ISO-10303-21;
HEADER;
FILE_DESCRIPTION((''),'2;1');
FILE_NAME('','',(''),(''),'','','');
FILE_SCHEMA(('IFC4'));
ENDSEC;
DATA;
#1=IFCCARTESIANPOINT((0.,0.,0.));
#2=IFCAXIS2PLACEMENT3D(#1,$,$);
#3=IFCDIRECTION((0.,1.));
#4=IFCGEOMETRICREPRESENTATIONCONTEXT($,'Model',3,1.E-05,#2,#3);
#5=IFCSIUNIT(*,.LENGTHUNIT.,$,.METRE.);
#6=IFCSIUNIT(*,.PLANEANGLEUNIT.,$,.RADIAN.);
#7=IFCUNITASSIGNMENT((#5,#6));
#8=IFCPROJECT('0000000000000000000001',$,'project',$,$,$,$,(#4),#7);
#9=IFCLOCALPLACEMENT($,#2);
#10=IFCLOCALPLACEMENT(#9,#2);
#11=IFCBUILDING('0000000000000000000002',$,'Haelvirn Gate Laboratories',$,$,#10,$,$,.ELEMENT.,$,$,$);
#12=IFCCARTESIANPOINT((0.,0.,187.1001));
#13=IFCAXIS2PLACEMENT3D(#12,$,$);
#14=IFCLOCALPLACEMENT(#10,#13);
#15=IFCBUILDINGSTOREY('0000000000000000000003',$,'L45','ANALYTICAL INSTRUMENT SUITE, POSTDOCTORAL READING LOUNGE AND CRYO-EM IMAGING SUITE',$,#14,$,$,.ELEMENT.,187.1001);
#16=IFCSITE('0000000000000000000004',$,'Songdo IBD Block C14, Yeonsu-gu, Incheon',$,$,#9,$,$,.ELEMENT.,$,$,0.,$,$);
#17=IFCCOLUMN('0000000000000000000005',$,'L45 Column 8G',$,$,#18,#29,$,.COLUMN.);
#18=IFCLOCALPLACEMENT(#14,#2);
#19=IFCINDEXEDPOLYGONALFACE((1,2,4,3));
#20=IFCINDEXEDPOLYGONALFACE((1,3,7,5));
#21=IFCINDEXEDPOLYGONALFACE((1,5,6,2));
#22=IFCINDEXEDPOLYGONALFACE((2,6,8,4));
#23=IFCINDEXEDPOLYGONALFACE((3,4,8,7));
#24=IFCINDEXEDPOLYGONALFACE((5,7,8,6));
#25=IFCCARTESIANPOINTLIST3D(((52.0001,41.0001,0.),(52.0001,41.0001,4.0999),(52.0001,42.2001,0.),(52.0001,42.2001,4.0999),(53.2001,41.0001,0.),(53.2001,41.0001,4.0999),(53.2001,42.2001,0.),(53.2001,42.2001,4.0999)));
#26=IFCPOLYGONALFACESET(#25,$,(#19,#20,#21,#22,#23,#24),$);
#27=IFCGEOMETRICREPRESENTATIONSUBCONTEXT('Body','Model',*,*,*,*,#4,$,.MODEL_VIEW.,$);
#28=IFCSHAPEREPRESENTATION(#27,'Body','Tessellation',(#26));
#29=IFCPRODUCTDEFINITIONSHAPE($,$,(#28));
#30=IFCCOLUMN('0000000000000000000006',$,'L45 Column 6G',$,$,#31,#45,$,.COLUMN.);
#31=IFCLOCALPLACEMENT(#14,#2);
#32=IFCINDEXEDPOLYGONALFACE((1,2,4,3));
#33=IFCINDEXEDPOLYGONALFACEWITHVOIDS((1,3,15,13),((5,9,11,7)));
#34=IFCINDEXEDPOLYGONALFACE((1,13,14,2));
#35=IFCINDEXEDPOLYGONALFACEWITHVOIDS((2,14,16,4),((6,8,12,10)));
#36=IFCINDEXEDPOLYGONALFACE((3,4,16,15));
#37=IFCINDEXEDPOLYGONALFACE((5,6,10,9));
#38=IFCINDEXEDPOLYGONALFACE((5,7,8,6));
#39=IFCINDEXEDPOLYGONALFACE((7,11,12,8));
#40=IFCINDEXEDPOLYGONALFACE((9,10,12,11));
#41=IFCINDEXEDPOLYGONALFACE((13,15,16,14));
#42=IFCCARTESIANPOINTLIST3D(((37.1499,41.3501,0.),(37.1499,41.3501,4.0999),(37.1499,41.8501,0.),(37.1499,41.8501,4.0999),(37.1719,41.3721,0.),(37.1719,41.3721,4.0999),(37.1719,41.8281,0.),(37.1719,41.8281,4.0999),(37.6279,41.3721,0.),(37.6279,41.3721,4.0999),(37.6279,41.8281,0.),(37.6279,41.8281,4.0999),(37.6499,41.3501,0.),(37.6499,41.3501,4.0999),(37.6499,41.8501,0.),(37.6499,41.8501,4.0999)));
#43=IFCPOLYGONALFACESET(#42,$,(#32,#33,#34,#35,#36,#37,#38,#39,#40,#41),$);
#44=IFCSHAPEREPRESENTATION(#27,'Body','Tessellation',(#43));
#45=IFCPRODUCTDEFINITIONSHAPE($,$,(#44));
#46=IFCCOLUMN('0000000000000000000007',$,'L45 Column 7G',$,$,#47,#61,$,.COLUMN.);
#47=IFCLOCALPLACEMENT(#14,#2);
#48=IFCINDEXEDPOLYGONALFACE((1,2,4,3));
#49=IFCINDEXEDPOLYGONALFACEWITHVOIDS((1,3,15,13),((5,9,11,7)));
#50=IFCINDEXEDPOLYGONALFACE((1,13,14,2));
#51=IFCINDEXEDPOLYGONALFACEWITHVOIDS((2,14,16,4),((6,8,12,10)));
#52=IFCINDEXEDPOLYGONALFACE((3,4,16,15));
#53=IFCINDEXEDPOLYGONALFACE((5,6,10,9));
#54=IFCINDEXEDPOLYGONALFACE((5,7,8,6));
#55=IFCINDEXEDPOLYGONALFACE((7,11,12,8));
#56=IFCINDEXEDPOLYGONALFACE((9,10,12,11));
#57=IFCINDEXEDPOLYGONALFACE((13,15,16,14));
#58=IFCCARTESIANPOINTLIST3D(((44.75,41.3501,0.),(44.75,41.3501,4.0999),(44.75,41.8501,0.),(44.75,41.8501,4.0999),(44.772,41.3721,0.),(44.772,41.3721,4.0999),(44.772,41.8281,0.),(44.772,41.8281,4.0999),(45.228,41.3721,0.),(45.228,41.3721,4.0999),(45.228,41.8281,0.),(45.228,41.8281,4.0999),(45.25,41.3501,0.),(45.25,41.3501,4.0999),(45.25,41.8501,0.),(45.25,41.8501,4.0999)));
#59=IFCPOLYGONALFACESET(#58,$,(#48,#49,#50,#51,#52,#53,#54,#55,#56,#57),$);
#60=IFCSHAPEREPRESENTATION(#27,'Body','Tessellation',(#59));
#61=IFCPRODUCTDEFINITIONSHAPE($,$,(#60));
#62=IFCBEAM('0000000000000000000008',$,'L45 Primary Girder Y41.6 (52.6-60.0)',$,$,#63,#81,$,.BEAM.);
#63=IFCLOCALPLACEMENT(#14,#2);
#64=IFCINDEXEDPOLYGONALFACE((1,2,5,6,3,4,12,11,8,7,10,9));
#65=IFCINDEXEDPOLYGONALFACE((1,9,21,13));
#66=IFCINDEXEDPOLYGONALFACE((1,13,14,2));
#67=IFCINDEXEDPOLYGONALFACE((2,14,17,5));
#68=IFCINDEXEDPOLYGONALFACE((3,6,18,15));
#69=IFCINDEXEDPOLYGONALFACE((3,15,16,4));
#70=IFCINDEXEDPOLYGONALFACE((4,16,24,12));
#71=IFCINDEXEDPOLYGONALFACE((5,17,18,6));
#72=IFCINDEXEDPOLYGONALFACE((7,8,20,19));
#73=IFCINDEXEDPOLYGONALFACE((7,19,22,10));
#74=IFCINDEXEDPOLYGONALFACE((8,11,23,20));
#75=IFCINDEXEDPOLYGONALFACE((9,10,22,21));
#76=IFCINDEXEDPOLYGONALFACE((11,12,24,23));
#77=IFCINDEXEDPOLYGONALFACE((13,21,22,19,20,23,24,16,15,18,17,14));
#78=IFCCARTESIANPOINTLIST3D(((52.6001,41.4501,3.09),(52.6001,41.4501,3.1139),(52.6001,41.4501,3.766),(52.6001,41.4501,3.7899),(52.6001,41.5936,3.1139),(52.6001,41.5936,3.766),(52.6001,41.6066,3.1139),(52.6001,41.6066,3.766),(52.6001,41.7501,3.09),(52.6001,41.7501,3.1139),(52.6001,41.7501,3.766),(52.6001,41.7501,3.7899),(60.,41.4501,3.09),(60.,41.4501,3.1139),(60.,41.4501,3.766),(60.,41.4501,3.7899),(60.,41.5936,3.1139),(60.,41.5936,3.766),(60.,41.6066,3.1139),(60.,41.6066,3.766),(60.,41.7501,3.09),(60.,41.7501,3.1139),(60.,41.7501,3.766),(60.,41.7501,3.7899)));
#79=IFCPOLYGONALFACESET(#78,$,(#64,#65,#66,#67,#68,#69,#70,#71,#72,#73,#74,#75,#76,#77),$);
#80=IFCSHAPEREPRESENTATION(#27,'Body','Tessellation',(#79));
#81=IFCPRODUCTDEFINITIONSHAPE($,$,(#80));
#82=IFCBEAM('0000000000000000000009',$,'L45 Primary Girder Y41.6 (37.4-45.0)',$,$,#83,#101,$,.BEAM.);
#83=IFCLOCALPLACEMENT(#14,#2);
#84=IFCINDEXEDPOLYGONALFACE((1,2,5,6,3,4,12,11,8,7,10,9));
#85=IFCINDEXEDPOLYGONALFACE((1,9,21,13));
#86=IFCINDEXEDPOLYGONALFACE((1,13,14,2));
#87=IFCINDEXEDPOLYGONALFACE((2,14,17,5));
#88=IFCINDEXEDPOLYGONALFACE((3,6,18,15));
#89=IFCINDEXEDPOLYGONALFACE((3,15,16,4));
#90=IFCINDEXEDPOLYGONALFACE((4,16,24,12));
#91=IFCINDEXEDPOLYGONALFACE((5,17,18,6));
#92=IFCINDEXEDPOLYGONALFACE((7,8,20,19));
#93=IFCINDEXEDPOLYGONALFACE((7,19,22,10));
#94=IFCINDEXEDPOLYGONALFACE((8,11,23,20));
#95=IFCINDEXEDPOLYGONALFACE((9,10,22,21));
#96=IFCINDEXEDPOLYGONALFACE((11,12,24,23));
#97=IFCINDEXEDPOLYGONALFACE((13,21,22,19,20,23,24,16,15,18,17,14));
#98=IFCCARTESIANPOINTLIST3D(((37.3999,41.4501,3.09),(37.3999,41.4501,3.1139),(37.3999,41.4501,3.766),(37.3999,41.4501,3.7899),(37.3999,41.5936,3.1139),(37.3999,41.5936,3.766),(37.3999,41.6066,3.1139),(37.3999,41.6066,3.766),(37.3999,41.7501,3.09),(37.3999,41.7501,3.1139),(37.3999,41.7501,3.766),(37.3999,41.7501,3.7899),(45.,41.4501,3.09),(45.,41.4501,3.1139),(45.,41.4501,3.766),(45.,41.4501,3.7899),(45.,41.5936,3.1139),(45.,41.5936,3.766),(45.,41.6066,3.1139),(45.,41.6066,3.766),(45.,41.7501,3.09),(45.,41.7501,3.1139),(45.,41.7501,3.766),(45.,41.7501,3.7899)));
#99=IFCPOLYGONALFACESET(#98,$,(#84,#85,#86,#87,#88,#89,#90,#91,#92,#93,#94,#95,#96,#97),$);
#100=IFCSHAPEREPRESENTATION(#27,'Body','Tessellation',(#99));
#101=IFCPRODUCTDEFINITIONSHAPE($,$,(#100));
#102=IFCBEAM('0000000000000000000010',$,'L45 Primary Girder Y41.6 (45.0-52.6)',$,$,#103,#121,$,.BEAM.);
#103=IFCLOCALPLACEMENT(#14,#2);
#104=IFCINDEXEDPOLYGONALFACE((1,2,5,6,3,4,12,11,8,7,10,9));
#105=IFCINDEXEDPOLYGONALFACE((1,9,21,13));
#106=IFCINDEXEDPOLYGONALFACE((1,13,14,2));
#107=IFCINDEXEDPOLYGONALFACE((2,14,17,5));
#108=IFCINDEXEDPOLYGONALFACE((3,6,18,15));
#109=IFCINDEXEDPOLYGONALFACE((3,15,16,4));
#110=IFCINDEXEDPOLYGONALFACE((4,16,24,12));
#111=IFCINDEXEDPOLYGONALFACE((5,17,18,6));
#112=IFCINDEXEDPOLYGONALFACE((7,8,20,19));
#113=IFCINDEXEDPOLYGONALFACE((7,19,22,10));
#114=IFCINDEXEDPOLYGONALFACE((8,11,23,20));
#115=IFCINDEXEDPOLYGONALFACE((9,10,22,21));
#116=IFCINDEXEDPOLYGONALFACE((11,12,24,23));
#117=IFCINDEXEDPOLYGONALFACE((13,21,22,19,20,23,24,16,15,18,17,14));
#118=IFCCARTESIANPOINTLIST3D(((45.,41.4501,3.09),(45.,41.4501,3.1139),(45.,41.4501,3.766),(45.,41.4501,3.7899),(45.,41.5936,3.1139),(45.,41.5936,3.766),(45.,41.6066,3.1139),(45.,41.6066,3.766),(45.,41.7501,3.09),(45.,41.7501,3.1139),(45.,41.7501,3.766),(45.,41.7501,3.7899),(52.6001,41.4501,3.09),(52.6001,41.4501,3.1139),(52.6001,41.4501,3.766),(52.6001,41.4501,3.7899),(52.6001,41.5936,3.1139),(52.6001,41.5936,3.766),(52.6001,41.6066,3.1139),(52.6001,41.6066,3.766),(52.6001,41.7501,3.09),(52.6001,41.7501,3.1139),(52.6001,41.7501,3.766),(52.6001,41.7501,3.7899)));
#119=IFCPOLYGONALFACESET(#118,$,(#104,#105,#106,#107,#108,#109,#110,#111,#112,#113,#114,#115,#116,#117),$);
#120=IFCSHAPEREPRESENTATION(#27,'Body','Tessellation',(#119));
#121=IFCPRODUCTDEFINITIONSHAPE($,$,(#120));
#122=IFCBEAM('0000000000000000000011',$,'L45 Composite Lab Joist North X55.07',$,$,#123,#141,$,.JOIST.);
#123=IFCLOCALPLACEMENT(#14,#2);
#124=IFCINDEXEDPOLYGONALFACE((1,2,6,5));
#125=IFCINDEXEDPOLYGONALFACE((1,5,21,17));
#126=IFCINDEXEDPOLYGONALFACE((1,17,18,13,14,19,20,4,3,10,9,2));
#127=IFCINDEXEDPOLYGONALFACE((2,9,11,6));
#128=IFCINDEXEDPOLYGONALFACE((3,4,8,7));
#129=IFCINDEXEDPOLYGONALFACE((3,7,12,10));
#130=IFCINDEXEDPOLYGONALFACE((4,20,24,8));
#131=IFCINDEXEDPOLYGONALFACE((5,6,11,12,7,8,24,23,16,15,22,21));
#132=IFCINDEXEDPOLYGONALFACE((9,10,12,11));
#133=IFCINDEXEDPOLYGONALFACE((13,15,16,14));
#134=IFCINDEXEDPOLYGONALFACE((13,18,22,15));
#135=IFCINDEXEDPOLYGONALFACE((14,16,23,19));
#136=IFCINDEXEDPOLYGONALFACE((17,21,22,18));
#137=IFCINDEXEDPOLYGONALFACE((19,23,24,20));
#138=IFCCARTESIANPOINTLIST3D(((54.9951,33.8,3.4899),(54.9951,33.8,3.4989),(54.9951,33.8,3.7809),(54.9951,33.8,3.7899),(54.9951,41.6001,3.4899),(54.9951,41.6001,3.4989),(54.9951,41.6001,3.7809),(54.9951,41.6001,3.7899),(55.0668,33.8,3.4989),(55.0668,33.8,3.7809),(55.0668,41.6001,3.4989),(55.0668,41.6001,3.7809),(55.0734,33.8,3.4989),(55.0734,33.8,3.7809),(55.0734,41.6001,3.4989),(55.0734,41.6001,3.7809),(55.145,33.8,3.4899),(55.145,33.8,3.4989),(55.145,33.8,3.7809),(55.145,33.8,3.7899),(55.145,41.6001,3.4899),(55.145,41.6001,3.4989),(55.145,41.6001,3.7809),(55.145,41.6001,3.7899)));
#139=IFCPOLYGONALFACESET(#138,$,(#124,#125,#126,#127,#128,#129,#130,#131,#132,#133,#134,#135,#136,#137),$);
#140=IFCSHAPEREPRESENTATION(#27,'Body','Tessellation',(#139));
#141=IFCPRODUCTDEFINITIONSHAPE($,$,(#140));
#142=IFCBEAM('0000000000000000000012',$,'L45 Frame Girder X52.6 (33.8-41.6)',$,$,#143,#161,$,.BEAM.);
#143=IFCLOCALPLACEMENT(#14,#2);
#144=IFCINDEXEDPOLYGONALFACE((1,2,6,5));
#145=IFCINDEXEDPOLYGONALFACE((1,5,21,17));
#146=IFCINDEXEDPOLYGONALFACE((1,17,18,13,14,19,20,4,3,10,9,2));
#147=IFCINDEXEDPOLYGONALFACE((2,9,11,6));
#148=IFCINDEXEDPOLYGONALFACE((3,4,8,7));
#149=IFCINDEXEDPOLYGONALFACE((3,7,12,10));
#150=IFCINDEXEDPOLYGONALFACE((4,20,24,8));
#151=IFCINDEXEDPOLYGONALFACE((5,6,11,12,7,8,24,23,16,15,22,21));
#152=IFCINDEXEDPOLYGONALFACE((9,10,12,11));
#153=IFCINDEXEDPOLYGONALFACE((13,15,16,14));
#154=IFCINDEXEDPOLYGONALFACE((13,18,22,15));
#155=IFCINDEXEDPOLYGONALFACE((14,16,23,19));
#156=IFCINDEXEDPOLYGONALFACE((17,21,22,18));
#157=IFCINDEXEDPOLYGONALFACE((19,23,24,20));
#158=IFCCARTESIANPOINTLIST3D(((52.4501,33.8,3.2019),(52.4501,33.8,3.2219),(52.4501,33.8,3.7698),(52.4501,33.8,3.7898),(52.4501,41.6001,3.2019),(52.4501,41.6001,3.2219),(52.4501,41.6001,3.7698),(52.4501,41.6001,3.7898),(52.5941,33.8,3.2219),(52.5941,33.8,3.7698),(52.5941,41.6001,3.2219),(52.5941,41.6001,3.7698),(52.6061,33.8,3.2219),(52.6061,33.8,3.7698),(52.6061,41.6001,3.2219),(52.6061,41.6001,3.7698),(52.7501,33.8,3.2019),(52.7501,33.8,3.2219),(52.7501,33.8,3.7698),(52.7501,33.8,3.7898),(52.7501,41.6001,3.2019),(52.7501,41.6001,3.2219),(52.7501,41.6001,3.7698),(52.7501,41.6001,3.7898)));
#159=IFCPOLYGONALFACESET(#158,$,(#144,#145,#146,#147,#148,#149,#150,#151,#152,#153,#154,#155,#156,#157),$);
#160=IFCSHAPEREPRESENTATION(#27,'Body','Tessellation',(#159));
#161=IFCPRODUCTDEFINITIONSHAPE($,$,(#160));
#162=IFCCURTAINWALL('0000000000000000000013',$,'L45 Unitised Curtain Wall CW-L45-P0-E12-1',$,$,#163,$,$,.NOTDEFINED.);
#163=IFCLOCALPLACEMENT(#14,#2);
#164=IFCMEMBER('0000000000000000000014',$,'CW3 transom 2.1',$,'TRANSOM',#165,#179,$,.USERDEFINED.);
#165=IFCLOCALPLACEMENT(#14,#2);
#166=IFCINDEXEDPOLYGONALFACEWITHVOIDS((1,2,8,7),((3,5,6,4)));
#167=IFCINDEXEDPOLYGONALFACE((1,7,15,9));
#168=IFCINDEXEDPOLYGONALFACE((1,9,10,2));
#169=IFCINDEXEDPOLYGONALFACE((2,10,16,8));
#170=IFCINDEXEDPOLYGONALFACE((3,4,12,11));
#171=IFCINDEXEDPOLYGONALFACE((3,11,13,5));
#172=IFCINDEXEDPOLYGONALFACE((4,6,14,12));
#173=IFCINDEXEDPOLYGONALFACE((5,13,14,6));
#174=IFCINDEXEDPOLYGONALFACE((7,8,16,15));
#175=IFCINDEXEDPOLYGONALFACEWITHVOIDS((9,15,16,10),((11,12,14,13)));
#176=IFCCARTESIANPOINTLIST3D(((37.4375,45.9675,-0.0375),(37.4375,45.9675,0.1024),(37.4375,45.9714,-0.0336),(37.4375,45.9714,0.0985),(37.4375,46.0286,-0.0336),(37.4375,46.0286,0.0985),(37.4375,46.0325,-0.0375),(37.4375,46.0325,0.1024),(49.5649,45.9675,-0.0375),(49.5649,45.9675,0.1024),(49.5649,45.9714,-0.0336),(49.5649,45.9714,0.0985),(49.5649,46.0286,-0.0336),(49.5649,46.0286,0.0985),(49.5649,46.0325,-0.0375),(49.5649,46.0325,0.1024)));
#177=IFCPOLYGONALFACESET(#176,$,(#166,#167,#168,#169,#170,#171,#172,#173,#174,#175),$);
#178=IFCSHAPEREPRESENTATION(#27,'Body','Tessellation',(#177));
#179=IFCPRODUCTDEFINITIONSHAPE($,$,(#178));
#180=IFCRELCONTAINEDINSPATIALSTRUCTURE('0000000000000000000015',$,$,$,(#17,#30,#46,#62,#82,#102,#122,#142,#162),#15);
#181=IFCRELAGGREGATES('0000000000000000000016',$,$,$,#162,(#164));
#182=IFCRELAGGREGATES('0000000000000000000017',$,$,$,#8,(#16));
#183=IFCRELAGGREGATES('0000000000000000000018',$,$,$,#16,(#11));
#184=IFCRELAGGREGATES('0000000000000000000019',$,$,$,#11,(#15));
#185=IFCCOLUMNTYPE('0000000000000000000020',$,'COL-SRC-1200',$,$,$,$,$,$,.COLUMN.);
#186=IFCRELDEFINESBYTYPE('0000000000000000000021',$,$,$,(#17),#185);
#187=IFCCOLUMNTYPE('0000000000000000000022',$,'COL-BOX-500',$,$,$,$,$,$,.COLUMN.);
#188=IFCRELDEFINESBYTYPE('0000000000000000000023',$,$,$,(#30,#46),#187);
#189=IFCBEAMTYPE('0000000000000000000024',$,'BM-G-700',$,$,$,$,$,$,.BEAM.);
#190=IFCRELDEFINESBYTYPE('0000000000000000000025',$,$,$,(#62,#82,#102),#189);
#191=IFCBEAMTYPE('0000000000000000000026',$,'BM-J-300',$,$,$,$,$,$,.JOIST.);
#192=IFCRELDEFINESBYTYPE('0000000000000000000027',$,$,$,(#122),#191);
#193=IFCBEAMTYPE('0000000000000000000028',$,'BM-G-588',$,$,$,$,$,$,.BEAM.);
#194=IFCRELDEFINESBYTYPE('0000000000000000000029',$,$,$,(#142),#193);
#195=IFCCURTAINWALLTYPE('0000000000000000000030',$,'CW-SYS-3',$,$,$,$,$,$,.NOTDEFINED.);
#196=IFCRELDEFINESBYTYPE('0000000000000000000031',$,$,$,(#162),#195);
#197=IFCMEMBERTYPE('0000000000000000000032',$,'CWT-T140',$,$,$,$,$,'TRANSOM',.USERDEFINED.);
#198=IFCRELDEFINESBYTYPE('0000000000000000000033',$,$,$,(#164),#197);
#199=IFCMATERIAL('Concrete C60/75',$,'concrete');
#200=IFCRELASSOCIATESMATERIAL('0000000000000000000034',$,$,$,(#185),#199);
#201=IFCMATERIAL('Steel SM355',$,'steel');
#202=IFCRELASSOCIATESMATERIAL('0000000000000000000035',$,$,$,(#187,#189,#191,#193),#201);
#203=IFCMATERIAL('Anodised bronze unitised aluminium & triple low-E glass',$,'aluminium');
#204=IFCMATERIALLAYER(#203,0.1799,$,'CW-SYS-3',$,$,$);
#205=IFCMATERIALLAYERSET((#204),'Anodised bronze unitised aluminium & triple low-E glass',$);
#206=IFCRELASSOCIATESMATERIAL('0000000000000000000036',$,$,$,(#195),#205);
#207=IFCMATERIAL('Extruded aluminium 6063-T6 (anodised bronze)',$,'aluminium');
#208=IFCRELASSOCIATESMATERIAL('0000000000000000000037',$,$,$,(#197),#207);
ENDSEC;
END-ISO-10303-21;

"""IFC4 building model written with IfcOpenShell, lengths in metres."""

from ifc_helpers import new_model, si_unit, direction, frame, origin, origin_2d, place, context, subcontext, project, spatial, rectangle, hollow_rectangle, i_section, extrude, source, transform, mapped, material, layer, layer_set, material_profile, profile_set, type_object, type_shapes, element, aggregate, save


model = new_model("IFC4")

# Units and contexts
model_context = context("Model", 3, precision=1e-05, world=origin(), true_north=direction((0.0, 1.0)))
body_context = subcontext(model_context, "Body", "Model", "MODEL_VIEW")
ifc_project = project(units=[si_unit("LENGTHUNIT", "METRE"), si_unit("PLANEANGLEUNIT", "RADIAN")], contexts=[model_context])

# Site, building, storey
site_placement = place(None, origin())
site = spatial("IfcSite", under=ifc_project, at=site_placement, Name="Songdo IBD Block C14, Yeonsu-gu, Incheon", CompositionType="ELEMENT", RefElevation=0.0)
building_placement = place(site_placement, origin())
building = spatial("IfcBuilding", under=site, at=building_placement, Name="Haelvirn Gate Laboratories", CompositionType="ELEMENT")
storey_placement = place(building_placement, frame((0.0, 0.0, 187.1001)))
storey = spatial("IfcBuildingStorey", under=building, at=storey_placement, Name="L45", Description="ANALYTICAL INSTRUMENT SUITE, POSTDOCTORAL READING LOUNGE AND CRYO-EM IMAGING SUITE", CompositionType="ELEMENT", Elevation=187.1001)

# Columns
ifc_material_1 = material(Name="Concrete C60/75", Category="concrete")
ifc_material_profile_1 = material_profile(ifc_material_1, rectangle(XDim=1.2, YDim=1.2, at=origin_2d()), Name="SRC-1200x1200")
ifc_profile_set_1 = profile_set([ifc_material_profile_1], Name="Concrete C60/75")
column_type_1 = type_object("IfcColumnType", Name="COL-SRC-1200", PredefinedType="COLUMN", material=ifc_profile_set_1)
shared_shape_1 = source(origin(), body_context, "Body", "SweptSolid", [
    extrude(rectangle(XDim=1.2, YDim=1.2, at=origin_2d()), origin(), (0.0, 0.0, 1.0), 4.0999),
])
type_shapes(column_type_1, [shared_shape_1])
column_placement = place(storey_placement, frame((52.6001, 41.6001, 0.0), z_axis=(0.0, 0.0, 1.0), x_axis=(1.0, 0.0, 0.0)))
element("IfcColumn", 1, at=column_placement, inside=storey, type_object=column_type_1, Name="L45 Column 8G", PredefinedType="COLUMN", context=body_context, shape_type="MappedRepresentation", body=[
    mapped(shared_shape_1, transform((0.0, 0.0, 0.0), scale=1.0)),
])
ifc_material_2 = material(Name="Steel SM355", Category="steel")
ifc_material_profile_2 = material_profile(ifc_material_2, hollow_rectangle(XDim=0.5, YDim=0.5, WallThickness=0.022, at=origin_2d()), Name="BOX-500x500x22")
ifc_profile_set_2 = profile_set([ifc_material_profile_2], Name="Steel SM355")
column_type_2 = type_object("IfcColumnType", Name="COL-BOX-500", PredefinedType="COLUMN", material=ifc_profile_set_2)
shared_shape_2 = source(origin(), body_context, "Body", "SweptSolid", [
    extrude(hollow_rectangle(XDim=0.5, YDim=0.5, WallThickness=0.022, at=origin_2d()), origin(), (0.0, 0.0, 1.0), 4.0999),
])
type_shapes(column_type_2, [shared_shape_2])
for number, where, z_axis, x_axis, name in (
    (2, (37.3999, 41.6001, 0.0), (0.0, 0.0, 1.0), (1.0, 0.0, 0.0), "L45 Column 6G"),
    (3, (45.0, 41.6001, 0.0), (0.0, 0.0, 1.0), (1.0, 0.0, 0.0), "L45 Column 7G"),
):
    element("IfcColumn", number, at=place(storey_placement, frame(where, z_axis=z_axis, x_axis=x_axis)), inside=storey, type_object=column_type_2, Name=name, PredefinedType="COLUMN", context=body_context, shape_type="MappedRepresentation", body=[
        mapped(shared_shape_2, transform((0.0, 0.0, 0.0), scale=1.0)),
    ])

# Beams
ifc_material_profile_3 = material_profile(ifc_material_2, i_section(OverallWidth=0.3, OverallDepth=0.7, WebThickness=0.0129, FlangeThickness=0.0239, at=origin_2d()), Name="H-700x300x13x24")
ifc_profile_set_3 = profile_set([ifc_material_profile_3], Name="Steel SM355")
beam_type_1 = type_object("IfcBeamType", Name="BM-G-700", PredefinedType="BEAM", material=ifc_profile_set_3)
shared_shape_3 = source(origin(), body_context, "Body", "SweptSolid", [
    extrude(i_section(OverallWidth=0.3, OverallDepth=0.7, WebThickness=0.0129, FlangeThickness=0.0239, at=origin_2d()), origin(), (0.0, 0.0, 1.0), 7.3999),
])
beam_1_placement = place(storey_placement, frame((52.6001, 41.6001, 3.4399), z_axis=(1.0, 0.0, 0.0), x_axis=(0.0, 1.0, 0.0)))
element("IfcBeam", 4, at=beam_1_placement, inside=storey, type_object=beam_type_1, Name="L45 Primary Girder Y41.6 (52.6-60.0)", PredefinedType="BEAM", context=body_context, shape_type="MappedRepresentation", body=[
    mapped(shared_shape_3, transform((0.0, 0.0, 0.0), scale=1.0)),
])
shared_shape_4 = source(origin(), body_context, "Body", "SweptSolid", [
    extrude(i_section(OverallWidth=0.3, OverallDepth=0.7, WebThickness=0.0129, FlangeThickness=0.0239, at=origin_2d()), origin(), (0.0, 0.0, 1.0), 7.6001),
])
type_shapes(beam_type_1, [shared_shape_3, shared_shape_4])
for number, where, z_axis, x_axis, name in (
    (5, (37.3999, 41.6001, 3.4399), (1.0, 0.0, 0.0), (0.0, 1.0, 0.0), "L45 Primary Girder Y41.6 (37.4-45.0)"),
    (6, (45.0, 41.6001, 3.4399), (1.0, 0.0, 0.0), (0.0, 1.0, 0.0), "L45 Primary Girder Y41.6 (45.0-52.6)"),
):
    element("IfcBeam", number, at=place(storey_placement, frame(where, z_axis=z_axis, x_axis=x_axis)), inside=storey, type_object=beam_type_1, Name=name, PredefinedType="BEAM", context=body_context, shape_type="MappedRepresentation", body=[
        mapped(shared_shape_4, transform((0.0, 0.0, 0.0), scale=1.0)),
    ])
ifc_material_profile_4 = material_profile(ifc_material_2, i_section(OverallWidth=0.1499, OverallDepth=0.3, WebThickness=0.0066, FlangeThickness=0.009, at=origin_2d()), Name="H-300x150x6.5x9")
ifc_profile_set_4 = profile_set([ifc_material_profile_4], Name="Steel SM355")
beam_type_2 = type_object("IfcBeamType", Name="BM-J-300", PredefinedType="JOIST", material=ifc_profile_set_4)
shared_shape_5 = source(origin(), body_context, "Body", "SweptSolid", [
    extrude(i_section(OverallWidth=0.1499, OverallDepth=0.3, WebThickness=0.0066, FlangeThickness=0.009, at=origin_2d()), origin(), (0.0, 0.0, 1.0), 7.8),
])
type_shapes(beam_type_2, [shared_shape_5])
beam_2_placement = place(storey_placement, frame((55.0701, 33.8, 3.6399), z_axis=(0.0, 1.0, 0.0), x_axis=(-1.0, 0.0, 0.0)))
element("IfcBeam", 7, at=beam_2_placement, inside=storey, type_object=beam_type_2, Name="L45 Composite Lab Joist North X55.07", PredefinedType="JOIST", context=body_context, shape_type="MappedRepresentation", body=[
    mapped(shared_shape_5, transform((0.0, 0.0, 0.0), scale=1.0)),
])
ifc_material_profile_5 = material_profile(ifc_material_2, i_section(OverallWidth=0.3, OverallDepth=0.5879, WebThickness=0.012, FlangeThickness=0.02, at=origin_2d()), Name="H-588x300x12x20")
ifc_profile_set_5 = profile_set([ifc_material_profile_5], Name="Steel SM355")
beam_type_3 = type_object("IfcBeamType", Name="BM-G-588", PredefinedType="BEAM", material=ifc_profile_set_5)
shared_shape_6 = source(origin(), body_context, "Body", "SweptSolid", [
    extrude(i_section(OverallWidth=0.3, OverallDepth=0.5879, WebThickness=0.012, FlangeThickness=0.02, at=origin_2d()), origin(), (0.0, 0.0, 1.0), 7.8),
])
type_shapes(beam_type_3, [shared_shape_6])
beam_3_placement = place(storey_placement, frame((52.6001, 33.8, 3.4958), z_axis=(0.0, 1.0, 0.0), x_axis=(-1.0, 0.0, 0.0)))
element("IfcBeam", 8, at=beam_3_placement, inside=storey, type_object=beam_type_3, Name="L45 Frame Girder X52.6 (33.8-41.6)", PredefinedType="BEAM", context=body_context, shape_type="MappedRepresentation", body=[
    mapped(shared_shape_6, transform((0.0, 0.0, 0.0), scale=1.0)),
])

# Curtain wall, member
ifc_material_3 = material(Name="Anodised bronze unitised aluminium & triple low-E glass", Category="aluminium")
ifc_layer_1 = layer(ifc_material_3, 0.1799, Name="CW-SYS-3")
ifc_layer_set_1 = layer_set([ifc_layer_1], Name="Anodised bronze unitised aluminium & triple low-E glass")
curtain_wall_type = type_object("IfcCurtainWallType", Name="CW-SYS-3", PredefinedType="NOTDEFINED", material=ifc_layer_set_1)
curtain_wall_1_placement = place(storey_placement, origin())
curtain_wall_1 = element("IfcCurtainWall", 9, at=curtain_wall_1_placement, inside=storey, type_object=curtain_wall_type, Name="L45 Unitised Curtain Wall CW-L45-P0-E12-1", PredefinedType="NOTDEFINED")
ifc_material_4 = material(Name="Extruded aluminium 6063-T6 (anodised bronze)", Category="aluminium")
ifc_material_profile_6 = material_profile(ifc_material_4, hollow_rectangle(XDim=0.0649, YDim=0.1399, WallThickness=0.0039, at=origin_2d()), Name="CWT-140x65x4")
ifc_profile_set_6 = profile_set([ifc_material_profile_6], Name="Extruded aluminium 6063-T6 (anodised bronze)")
member_type_1 = type_object("IfcMemberType", Name="CWT-T140", ElementType="TRANSOM", PredefinedType="USERDEFINED", material=ifc_profile_set_6)
shared_shape_7 = source(origin(), body_context, "Body", "SweptSolid", [
    extrude(hollow_rectangle(XDim=0.0649, YDim=0.1399, WallThickness=0.0039, at=origin_2d()), origin(), (0.0, 0.0, 1.0), 12.1274),
])
member_1_placement = place(storey_placement, frame((37.4375, 46.0, 0.0325), z_axis=(1.0, 0.0, 0.0), x_axis=(0.0, 1.0, 0.0)))
member_1 = element("IfcMember", 10, at=member_1_placement, type_object=member_type_1, Name="CW3 transom 2.1", ObjectType="TRANSOM", PredefinedType="USERDEFINED", context=body_context, shape_type="MappedRepresentation", body=[
    mapped(shared_shape_7, transform((0.0, 0.0, 0.0), scale=1.0)),
])

aggregate(curtain_wall_1, [member_1])

save(model, "model.ifc")
